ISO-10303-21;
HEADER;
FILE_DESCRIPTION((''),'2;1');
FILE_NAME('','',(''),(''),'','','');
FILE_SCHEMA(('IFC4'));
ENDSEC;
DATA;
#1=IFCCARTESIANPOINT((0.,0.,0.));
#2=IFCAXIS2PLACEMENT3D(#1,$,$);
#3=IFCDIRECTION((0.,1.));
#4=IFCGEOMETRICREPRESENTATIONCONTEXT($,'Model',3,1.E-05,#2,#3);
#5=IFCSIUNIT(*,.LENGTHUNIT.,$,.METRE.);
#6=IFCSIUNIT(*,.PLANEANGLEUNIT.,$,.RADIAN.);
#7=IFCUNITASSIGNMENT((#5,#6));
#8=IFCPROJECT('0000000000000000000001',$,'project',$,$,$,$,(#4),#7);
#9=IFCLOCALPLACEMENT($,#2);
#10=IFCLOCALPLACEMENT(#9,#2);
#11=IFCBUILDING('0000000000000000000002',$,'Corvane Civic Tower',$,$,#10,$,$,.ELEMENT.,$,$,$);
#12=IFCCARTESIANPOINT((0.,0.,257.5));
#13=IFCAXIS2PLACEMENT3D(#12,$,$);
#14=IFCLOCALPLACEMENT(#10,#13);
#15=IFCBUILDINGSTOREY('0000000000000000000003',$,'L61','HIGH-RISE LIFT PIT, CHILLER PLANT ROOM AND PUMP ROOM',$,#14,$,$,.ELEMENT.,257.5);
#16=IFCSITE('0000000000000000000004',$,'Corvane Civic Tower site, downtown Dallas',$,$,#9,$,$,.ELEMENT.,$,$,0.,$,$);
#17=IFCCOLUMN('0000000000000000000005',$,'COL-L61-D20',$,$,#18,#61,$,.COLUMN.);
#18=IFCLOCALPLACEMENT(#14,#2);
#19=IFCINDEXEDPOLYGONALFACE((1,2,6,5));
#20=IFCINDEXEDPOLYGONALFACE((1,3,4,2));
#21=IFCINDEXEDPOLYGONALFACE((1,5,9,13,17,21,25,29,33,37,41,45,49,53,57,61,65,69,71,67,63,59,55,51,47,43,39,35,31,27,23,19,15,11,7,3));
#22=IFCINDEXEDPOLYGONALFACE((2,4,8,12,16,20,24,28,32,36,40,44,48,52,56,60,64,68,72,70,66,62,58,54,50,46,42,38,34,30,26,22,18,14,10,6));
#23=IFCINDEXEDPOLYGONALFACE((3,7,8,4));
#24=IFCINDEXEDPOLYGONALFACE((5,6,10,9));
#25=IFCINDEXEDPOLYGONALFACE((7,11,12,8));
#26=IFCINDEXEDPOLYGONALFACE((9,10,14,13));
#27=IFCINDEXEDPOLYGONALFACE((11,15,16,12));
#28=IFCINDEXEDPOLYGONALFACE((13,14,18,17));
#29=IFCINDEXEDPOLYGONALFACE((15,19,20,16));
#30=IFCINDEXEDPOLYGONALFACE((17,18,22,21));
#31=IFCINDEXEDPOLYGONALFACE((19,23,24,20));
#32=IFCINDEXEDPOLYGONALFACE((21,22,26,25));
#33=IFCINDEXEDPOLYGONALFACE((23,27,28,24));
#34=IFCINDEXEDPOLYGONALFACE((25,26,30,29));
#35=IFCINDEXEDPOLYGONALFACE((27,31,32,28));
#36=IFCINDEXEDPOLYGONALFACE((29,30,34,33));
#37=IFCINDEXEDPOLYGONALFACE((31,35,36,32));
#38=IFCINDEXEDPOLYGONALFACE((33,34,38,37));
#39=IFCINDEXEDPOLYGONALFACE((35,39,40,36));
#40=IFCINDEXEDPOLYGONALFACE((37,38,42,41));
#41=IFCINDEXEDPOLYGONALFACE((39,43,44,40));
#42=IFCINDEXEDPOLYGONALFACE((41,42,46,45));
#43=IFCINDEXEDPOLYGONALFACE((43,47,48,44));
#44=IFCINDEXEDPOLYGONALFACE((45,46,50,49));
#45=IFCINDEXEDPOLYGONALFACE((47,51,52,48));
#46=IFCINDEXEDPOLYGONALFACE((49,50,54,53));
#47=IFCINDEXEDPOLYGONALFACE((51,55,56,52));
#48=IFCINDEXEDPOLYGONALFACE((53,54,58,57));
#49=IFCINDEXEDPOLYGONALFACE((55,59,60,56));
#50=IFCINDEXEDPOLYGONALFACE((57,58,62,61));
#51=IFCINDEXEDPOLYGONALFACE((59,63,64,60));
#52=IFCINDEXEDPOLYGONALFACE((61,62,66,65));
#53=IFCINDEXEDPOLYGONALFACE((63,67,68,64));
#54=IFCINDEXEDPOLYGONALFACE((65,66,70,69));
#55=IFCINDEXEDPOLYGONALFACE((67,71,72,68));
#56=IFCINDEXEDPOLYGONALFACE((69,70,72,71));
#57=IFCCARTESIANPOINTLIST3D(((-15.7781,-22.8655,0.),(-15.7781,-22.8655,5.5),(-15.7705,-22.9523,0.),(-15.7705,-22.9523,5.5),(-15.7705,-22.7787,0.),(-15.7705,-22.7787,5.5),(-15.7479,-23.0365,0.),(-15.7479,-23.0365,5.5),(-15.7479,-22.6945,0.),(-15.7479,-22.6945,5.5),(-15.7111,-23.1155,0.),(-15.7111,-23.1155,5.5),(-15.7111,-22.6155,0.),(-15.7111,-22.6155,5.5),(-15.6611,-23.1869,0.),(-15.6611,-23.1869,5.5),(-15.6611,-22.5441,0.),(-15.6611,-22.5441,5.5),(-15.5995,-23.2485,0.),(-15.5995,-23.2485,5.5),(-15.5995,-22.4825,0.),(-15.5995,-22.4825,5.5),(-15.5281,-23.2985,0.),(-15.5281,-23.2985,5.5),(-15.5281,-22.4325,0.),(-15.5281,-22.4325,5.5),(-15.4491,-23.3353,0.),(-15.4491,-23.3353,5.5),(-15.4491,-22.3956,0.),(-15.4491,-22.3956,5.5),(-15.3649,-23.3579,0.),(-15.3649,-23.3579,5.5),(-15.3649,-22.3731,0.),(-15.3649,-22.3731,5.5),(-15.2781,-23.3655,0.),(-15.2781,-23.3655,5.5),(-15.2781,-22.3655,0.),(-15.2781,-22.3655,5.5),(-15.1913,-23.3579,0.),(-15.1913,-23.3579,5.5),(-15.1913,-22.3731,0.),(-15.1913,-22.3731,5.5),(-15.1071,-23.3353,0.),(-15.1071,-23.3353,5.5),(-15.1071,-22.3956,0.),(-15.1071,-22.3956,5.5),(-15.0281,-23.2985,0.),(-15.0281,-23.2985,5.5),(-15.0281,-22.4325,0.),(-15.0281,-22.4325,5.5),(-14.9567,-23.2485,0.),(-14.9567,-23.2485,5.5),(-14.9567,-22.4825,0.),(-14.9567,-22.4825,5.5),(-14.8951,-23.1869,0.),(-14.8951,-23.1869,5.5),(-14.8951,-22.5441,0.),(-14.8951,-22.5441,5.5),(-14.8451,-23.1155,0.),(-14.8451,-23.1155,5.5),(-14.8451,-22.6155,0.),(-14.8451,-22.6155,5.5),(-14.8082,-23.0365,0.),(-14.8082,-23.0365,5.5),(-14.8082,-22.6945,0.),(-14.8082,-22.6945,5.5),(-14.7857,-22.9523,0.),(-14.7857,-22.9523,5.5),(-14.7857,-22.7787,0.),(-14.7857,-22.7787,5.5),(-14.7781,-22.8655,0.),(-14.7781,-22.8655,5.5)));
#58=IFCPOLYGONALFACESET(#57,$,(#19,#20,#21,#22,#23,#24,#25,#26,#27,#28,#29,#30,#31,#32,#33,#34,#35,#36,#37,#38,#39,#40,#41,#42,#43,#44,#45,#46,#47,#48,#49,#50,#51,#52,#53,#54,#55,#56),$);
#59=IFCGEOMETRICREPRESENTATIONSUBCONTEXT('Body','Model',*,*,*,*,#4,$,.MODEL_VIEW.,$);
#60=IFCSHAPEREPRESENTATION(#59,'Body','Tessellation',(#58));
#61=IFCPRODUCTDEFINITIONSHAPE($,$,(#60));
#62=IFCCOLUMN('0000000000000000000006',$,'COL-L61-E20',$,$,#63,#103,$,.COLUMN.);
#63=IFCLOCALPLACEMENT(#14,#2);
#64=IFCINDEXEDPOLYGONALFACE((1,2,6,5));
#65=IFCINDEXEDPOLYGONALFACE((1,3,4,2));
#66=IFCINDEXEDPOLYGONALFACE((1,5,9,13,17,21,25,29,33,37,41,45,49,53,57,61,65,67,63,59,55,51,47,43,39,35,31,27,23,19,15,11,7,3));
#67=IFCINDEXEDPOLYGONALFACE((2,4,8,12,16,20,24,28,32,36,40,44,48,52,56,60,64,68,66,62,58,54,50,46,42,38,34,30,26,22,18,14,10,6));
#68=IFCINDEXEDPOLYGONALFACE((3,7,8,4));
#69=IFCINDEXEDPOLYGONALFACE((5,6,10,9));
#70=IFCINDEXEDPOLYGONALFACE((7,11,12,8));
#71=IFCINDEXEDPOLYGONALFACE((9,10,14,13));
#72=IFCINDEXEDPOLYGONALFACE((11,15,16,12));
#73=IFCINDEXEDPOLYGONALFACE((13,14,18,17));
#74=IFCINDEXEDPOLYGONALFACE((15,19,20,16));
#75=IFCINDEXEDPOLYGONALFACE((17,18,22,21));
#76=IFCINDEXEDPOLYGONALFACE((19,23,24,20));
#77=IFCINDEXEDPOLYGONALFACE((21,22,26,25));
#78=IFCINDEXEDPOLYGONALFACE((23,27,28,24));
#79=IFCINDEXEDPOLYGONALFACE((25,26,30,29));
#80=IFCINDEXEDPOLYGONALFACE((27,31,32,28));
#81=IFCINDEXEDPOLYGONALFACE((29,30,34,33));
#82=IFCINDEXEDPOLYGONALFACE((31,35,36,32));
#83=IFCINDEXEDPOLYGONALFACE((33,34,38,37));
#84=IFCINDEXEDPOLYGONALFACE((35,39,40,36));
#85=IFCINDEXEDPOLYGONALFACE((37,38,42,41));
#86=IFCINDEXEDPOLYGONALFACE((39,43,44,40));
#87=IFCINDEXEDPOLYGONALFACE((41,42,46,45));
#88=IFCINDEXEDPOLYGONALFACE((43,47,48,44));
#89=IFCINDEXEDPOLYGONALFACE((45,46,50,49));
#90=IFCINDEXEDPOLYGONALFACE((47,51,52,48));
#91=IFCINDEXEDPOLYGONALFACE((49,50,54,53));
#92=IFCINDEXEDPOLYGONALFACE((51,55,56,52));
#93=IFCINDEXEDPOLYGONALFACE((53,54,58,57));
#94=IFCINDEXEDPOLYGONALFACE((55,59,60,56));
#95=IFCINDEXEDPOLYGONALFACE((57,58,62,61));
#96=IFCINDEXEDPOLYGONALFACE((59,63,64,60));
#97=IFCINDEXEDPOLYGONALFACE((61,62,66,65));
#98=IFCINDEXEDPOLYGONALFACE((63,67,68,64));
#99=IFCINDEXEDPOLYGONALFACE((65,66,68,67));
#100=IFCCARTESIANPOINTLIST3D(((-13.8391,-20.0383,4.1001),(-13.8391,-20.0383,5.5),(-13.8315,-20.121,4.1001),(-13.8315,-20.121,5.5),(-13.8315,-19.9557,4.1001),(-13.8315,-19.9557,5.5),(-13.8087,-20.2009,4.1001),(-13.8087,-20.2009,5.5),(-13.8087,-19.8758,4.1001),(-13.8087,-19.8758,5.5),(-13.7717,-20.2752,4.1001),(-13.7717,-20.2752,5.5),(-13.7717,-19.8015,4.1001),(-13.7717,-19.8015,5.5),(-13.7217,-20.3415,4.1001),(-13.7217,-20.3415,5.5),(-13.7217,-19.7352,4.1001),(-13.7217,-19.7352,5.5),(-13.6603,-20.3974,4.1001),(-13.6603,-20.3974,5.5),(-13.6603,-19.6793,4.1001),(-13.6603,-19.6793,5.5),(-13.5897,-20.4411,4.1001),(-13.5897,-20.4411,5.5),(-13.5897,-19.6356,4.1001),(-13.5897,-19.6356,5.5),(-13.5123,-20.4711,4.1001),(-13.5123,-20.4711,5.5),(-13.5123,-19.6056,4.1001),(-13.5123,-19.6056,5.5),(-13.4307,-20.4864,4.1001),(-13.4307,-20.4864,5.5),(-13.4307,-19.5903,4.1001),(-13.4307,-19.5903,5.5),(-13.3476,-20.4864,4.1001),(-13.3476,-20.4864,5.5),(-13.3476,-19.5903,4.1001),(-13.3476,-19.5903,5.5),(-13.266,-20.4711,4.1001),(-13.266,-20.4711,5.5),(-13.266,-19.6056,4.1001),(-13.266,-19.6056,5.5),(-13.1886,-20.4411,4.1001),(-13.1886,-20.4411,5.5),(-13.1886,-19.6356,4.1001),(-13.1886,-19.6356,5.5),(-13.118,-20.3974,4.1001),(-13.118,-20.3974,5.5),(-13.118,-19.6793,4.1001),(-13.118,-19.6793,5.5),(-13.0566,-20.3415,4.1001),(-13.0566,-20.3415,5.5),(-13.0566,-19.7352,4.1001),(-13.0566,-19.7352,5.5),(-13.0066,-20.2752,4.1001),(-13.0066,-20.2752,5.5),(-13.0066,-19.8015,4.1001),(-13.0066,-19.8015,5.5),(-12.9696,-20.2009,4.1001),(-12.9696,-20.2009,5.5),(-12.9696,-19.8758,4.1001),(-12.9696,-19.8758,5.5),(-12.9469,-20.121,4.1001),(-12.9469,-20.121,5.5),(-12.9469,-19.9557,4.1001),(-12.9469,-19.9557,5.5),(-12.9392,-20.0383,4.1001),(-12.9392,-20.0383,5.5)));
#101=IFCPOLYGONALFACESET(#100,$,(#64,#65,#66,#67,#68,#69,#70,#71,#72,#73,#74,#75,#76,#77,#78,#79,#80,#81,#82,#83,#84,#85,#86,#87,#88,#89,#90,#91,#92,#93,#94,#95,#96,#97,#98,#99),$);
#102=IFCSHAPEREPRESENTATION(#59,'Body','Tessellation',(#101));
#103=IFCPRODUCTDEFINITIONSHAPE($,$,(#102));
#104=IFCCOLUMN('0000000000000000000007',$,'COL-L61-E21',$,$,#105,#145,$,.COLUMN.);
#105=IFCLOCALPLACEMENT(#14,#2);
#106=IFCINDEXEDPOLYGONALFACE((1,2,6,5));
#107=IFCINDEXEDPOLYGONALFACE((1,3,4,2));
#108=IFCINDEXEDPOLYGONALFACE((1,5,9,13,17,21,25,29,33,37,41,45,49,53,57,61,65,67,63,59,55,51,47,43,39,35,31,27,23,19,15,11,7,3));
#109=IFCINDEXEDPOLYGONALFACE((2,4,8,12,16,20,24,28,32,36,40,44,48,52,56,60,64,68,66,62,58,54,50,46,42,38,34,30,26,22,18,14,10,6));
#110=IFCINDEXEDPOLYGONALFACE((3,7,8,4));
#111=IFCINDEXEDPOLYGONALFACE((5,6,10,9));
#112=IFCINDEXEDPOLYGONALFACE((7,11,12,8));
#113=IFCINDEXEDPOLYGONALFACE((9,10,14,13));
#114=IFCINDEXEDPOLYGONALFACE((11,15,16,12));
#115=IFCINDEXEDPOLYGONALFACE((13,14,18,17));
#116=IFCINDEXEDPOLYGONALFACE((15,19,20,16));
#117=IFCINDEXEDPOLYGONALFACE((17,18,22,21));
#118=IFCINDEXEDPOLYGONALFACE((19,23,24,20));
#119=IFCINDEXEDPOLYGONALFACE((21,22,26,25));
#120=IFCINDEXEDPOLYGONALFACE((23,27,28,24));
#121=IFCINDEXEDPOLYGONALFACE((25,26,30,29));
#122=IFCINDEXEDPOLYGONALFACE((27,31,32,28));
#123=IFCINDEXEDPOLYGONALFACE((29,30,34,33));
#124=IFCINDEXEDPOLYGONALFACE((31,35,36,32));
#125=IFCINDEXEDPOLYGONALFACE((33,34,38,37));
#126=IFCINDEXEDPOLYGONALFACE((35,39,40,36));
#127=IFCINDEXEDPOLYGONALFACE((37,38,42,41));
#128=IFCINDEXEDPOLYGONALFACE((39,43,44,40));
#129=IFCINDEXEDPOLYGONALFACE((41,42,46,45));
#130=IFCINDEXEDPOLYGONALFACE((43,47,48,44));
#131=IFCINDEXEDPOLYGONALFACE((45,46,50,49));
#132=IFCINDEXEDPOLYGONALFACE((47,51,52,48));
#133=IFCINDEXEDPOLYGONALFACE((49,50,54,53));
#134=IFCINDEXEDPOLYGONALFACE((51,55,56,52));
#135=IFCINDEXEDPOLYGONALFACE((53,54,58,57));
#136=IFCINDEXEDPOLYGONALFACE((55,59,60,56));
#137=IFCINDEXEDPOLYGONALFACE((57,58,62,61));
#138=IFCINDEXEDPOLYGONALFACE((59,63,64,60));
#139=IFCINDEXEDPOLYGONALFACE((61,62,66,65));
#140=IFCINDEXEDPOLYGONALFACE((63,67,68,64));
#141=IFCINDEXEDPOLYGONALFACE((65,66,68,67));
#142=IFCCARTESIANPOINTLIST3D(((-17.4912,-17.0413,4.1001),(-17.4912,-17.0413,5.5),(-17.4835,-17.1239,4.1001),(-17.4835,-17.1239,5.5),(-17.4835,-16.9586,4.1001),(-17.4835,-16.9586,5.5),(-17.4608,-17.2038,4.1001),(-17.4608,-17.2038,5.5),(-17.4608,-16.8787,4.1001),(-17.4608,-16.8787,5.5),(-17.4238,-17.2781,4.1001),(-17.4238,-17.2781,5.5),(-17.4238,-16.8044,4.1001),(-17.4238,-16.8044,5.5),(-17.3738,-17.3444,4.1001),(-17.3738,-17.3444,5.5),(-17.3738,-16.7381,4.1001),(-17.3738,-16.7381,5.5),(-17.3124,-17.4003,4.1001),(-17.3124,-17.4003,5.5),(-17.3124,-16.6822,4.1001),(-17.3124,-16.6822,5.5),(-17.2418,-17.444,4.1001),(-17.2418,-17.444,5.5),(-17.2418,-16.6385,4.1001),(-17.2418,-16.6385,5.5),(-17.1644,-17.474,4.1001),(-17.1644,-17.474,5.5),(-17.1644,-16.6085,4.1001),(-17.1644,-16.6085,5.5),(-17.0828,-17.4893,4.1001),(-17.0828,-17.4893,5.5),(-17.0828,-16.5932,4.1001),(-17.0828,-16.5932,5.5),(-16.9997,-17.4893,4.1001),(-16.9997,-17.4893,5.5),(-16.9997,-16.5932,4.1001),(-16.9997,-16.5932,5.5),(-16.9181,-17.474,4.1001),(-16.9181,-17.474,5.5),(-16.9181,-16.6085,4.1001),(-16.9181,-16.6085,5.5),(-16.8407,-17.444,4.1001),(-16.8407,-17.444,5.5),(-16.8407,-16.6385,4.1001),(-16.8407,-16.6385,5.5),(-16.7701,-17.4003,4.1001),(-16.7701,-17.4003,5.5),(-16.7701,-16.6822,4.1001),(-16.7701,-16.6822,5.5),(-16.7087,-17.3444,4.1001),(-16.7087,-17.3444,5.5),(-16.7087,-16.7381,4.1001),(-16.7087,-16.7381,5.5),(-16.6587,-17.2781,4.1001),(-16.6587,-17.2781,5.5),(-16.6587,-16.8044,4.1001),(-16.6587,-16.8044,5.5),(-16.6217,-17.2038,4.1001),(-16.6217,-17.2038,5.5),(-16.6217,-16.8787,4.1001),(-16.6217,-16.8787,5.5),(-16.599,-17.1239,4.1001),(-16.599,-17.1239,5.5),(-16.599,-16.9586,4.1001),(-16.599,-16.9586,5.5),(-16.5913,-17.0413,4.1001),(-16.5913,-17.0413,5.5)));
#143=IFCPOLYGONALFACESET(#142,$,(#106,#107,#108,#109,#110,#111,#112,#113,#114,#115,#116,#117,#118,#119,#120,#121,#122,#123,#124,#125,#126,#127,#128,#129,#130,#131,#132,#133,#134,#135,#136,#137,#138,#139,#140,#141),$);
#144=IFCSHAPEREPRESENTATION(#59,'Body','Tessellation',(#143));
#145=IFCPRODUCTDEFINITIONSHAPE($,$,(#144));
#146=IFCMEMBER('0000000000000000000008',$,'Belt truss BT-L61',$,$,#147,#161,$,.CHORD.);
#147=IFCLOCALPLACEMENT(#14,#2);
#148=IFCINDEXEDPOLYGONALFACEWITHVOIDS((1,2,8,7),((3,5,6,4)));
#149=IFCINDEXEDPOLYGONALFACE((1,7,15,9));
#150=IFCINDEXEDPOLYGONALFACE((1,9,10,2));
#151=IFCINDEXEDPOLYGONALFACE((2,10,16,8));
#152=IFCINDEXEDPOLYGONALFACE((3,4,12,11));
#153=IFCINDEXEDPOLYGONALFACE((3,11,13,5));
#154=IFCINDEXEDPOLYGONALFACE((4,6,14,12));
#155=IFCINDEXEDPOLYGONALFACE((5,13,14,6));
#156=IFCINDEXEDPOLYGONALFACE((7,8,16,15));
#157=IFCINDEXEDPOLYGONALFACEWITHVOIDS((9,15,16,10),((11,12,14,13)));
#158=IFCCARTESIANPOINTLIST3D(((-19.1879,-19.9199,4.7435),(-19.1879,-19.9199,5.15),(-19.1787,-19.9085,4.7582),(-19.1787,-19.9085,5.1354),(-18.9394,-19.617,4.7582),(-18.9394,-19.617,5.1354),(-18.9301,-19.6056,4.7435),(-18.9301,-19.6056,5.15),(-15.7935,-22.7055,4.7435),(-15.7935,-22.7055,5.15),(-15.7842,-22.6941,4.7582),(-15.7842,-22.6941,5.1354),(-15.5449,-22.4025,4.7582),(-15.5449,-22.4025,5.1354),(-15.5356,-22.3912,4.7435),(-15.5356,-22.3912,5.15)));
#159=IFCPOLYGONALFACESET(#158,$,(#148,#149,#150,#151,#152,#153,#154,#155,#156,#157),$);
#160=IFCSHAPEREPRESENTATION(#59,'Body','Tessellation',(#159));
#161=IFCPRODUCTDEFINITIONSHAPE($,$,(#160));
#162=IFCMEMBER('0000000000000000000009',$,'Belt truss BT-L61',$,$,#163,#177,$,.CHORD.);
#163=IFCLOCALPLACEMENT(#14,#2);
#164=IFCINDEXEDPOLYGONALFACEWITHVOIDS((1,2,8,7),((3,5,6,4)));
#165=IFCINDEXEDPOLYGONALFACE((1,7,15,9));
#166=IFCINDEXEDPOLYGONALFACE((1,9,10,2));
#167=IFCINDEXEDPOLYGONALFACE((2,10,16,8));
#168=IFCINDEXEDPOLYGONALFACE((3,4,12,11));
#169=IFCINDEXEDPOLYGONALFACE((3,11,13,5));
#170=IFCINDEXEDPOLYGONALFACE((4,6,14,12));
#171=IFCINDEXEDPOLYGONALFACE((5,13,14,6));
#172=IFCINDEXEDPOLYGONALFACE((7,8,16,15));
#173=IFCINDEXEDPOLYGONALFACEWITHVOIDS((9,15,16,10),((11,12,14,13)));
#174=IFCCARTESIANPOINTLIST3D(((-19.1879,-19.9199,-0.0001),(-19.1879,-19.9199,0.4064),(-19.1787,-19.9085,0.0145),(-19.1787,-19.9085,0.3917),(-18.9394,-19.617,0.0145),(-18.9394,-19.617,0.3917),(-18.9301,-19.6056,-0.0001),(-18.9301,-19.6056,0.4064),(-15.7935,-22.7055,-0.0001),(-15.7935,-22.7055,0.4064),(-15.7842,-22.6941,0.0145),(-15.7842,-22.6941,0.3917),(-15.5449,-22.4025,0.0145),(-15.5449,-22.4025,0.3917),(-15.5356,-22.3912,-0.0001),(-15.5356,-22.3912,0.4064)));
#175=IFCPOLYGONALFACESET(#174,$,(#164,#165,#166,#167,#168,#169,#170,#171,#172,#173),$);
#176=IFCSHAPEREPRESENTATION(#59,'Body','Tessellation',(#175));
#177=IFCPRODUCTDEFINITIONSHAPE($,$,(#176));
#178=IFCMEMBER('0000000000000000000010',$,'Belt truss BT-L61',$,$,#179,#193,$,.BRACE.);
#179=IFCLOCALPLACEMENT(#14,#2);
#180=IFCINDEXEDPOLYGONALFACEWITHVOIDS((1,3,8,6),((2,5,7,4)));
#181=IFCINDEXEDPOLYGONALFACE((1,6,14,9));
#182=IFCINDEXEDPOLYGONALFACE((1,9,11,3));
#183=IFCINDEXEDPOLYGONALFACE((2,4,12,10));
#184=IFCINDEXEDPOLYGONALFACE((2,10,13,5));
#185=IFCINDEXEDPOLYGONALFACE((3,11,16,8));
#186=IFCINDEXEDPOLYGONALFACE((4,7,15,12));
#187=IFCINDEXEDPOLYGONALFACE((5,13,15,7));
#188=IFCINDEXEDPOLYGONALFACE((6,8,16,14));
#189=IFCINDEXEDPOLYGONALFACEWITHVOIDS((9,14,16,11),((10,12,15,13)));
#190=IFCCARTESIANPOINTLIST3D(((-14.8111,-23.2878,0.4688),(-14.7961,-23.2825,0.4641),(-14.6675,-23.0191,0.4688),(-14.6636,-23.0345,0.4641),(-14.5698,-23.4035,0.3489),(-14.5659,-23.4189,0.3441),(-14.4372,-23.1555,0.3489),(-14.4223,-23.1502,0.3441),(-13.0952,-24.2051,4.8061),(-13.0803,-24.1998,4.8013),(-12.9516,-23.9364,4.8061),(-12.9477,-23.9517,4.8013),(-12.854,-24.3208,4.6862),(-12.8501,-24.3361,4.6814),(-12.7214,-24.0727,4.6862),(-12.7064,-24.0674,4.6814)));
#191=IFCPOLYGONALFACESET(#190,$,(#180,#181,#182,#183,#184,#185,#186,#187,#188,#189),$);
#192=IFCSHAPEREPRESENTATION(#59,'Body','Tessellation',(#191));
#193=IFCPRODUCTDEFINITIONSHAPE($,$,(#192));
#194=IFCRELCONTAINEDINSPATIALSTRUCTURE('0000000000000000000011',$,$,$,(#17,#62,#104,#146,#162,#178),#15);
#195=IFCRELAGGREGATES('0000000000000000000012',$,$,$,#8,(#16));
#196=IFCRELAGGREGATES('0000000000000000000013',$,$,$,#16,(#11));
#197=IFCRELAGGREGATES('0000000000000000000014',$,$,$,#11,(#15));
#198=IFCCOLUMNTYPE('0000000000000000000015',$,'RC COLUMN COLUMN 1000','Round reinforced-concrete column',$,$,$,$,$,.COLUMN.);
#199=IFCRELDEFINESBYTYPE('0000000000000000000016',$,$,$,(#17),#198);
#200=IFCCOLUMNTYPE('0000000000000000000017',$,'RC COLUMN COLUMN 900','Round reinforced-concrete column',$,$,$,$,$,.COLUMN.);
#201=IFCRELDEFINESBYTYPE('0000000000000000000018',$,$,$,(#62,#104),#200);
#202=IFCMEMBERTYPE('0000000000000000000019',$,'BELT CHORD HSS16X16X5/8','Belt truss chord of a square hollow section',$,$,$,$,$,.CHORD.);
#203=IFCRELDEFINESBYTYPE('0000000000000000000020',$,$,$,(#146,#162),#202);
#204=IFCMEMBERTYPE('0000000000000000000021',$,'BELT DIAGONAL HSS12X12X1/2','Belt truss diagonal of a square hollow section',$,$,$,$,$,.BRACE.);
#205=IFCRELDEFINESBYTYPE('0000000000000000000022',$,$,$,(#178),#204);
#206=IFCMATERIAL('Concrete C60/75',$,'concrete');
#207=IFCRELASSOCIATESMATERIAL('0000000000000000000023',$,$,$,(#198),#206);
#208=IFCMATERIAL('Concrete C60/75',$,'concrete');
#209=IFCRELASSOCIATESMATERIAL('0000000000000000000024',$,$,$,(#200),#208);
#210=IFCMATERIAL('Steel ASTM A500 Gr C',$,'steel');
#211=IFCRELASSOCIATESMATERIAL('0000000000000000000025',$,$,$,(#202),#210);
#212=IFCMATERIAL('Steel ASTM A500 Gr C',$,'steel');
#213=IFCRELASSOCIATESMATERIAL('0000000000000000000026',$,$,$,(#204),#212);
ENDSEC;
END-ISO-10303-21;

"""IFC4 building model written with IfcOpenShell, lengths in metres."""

from ifc_helpers import new_model, si_unit, direction, frame, origin, origin_2d, place, context, subcontext, project, spatial, hollow_rectangle, circle, extrude, material, material_profile, profile_set, type_object, element, save


model = new_model("IFC4")

# Units and contexts
model_context = context("Model", 3, precision=1e-05, world=origin(), true_north=direction((0.0, 1.0)))
body_context = subcontext(model_context, "Body", "Model", "MODEL_VIEW")
ifc_project = project(units=[si_unit("LENGTHUNIT", "METRE"), si_unit("PLANEANGLEUNIT", "RADIAN")], contexts=[model_context])

# Site, building, storey
site_placement = place(None, origin())
site = spatial("IfcSite", under=ifc_project, at=site_placement, Name="Corvane Civic Tower site, downtown Dallas", CompositionType="ELEMENT", RefElevation=0.0)
building_placement = place(site_placement, origin())
building = spatial("IfcBuilding", under=site, at=building_placement, Name="Corvane Civic Tower", CompositionType="ELEMENT")
storey_placement = place(building_placement, frame((0.0, 0.0, 257.5)))
storey = spatial("IfcBuildingStorey", under=building, at=storey_placement, Name="L61", Description="HIGH-RISE LIFT PIT, CHILLER PLANT ROOM AND PUMP ROOM", CompositionType="ELEMENT", Elevation=257.5)

# Columns
ifc_material_1 = material(Name="Concrete C60/75", Category="concrete")
ifc_material_profile_1 = material_profile(ifc_material_1, circle(Radius=0.5, at=origin_2d()), Name="COLUMN 1000")
ifc_profile_set_1 = profile_set([ifc_material_profile_1], Name="Concrete C60/75")
column_type_1 = type_object("IfcColumnType", Name="RC COLUMN COLUMN 1000", Description="Round reinforced-concrete column", PredefinedType="COLUMN", material=ifc_profile_set_1)
column_placement = place(storey_placement, frame((-15.2781, -22.8655, 0.0), z_axis=(0.0, 0.0, 1.0), x_axis=(1.0, 0.0, 0.0)))
element("IfcColumn", 1, at=column_placement, inside=storey, type_object=column_type_1, Name="COL-L61-D20", PredefinedType="COLUMN", context=body_context, shape_type="SweptSolid", body=[
    extrude(circle(Radius=0.5, at=origin_2d()), origin(), (0.0, 0.0, 1.0), 5.5),
])
ifc_material_2 = material(Name="Concrete C60/75", Category="concrete")
ifc_material_profile_2 = material_profile(ifc_material_2, circle(Radius=0.45, at=origin_2d()), Name="COLUMN 900")
ifc_profile_set_2 = profile_set([ifc_material_profile_2], Name="Concrete C60/75")
column_type_2 = type_object("IfcColumnType", Name="RC COLUMN COLUMN 900", Description="Round reinforced-concrete column", PredefinedType="COLUMN", material=ifc_profile_set_2)
for number, where, z_axis, x_axis, name in (
    (2, (-13.3892, -20.0383, 4.1001), (0.0, 0.0, 1.0), (1.0, 0.0, 0.0), "COL-L61-E20"),
    (3, (-17.0413, -17.0413, 4.1001), (0.0, 0.0, 1.0), (1.0, 0.0, 0.0), "COL-L61-E21"),
):
    element("IfcColumn", number, at=place(storey_placement, frame(where, z_axis=z_axis, x_axis=x_axis)), inside=storey, type_object=column_type_2, Name=name, PredefinedType="COLUMN", context=body_context, shape_type="SweptSolid", body=[
        extrude(circle(Radius=0.45, at=origin_2d()), origin(), (0.0, 0.0, 1.0), 1.3999),
    ])

# Members
ifc_material_3 = material(Name="Steel ASTM A500 Gr C", Category="steel")
ifc_material_profile_3 = material_profile(ifc_material_3, hollow_rectangle(XDim=0.4065, YDim=0.4065, WallThickness=0.0146, at=origin_2d()), Name="HSS16X16X5/8")
ifc_profile_set_3 = profile_set([ifc_material_profile_3], Name="Steel ASTM A500 Gr C")
member_type_1 = type_object("IfcMemberType", Name="BELT CHORD HSS16X16X5/8", Description="Belt truss chord of a square hollow section", PredefinedType="CHORD", material=ifc_profile_set_3)
for number, where, z_axis, x_axis, name in (
    (4, (-15.6646, -22.5483, 4.9468), (-0.77303, 0.634369, 0.0), (-0.634369, -0.77303, 0.0), "Belt truss BT-L61"),
    (5, (-15.6646, -22.5483, 0.2031), (-0.77303, 0.634369, 0.0), (-0.634369, -0.77303, 0.0), "Belt truss BT-L61"),
):
    element("IfcMember", number, at=place(storey_placement, frame(where, z_axis=z_axis, x_axis=x_axis)), inside=storey, type_object=member_type_1, Name=name, PredefinedType="CHORD", context=body_context, shape_type="SweptSolid", body=[
        extrude(hollow_rectangle(XDim=0.4065, YDim=0.4065, WallThickness=0.0146, at=origin_2d()), origin(), (0.0, 0.0, 1.0), 4.3911),
    ])
ifc_material_4 = material(Name="Steel ASTM A500 Gr C", Category="steel")
ifc_material_profile_4 = material_profile(ifc_material_4, hollow_rectangle(XDim=0.3047, YDim=0.3047, WallThickness=0.0117, at=origin_2d()), Name="HSS12X12X1/2")
ifc_profile_set_4 = profile_set([ifc_material_profile_4], Name="Steel ASTM A500 Gr C")
member_type_2 = type_object("IfcMemberType", Name="BELT DIAGONAL HSS12X12X1/2", Description="Belt truss diagonal of a square hollow section", PredefinedType="BRACE", material=ifc_profile_set_4)
member_1_placement = place(storey_placement, frame((-14.6167, -23.219, 0.4065), z_axis=(0.360955, -0.192958, 0.912403), x_axis=(0.471441, 0.881897, 0.0)))
element("IfcMember", 6, at=member_1_placement, inside=storey, type_object=member_type_2, Name="Belt truss BT-L61", PredefinedType="BRACE", context=body_context, shape_type="SweptSolid", body=[
    extrude(hollow_rectangle(XDim=0.3047, YDim=0.3047, WallThickness=0.0117, at=origin_2d()), origin(), (0.0, 0.0, 1.0), 4.7537),
])

save(model, "model.ifc")
